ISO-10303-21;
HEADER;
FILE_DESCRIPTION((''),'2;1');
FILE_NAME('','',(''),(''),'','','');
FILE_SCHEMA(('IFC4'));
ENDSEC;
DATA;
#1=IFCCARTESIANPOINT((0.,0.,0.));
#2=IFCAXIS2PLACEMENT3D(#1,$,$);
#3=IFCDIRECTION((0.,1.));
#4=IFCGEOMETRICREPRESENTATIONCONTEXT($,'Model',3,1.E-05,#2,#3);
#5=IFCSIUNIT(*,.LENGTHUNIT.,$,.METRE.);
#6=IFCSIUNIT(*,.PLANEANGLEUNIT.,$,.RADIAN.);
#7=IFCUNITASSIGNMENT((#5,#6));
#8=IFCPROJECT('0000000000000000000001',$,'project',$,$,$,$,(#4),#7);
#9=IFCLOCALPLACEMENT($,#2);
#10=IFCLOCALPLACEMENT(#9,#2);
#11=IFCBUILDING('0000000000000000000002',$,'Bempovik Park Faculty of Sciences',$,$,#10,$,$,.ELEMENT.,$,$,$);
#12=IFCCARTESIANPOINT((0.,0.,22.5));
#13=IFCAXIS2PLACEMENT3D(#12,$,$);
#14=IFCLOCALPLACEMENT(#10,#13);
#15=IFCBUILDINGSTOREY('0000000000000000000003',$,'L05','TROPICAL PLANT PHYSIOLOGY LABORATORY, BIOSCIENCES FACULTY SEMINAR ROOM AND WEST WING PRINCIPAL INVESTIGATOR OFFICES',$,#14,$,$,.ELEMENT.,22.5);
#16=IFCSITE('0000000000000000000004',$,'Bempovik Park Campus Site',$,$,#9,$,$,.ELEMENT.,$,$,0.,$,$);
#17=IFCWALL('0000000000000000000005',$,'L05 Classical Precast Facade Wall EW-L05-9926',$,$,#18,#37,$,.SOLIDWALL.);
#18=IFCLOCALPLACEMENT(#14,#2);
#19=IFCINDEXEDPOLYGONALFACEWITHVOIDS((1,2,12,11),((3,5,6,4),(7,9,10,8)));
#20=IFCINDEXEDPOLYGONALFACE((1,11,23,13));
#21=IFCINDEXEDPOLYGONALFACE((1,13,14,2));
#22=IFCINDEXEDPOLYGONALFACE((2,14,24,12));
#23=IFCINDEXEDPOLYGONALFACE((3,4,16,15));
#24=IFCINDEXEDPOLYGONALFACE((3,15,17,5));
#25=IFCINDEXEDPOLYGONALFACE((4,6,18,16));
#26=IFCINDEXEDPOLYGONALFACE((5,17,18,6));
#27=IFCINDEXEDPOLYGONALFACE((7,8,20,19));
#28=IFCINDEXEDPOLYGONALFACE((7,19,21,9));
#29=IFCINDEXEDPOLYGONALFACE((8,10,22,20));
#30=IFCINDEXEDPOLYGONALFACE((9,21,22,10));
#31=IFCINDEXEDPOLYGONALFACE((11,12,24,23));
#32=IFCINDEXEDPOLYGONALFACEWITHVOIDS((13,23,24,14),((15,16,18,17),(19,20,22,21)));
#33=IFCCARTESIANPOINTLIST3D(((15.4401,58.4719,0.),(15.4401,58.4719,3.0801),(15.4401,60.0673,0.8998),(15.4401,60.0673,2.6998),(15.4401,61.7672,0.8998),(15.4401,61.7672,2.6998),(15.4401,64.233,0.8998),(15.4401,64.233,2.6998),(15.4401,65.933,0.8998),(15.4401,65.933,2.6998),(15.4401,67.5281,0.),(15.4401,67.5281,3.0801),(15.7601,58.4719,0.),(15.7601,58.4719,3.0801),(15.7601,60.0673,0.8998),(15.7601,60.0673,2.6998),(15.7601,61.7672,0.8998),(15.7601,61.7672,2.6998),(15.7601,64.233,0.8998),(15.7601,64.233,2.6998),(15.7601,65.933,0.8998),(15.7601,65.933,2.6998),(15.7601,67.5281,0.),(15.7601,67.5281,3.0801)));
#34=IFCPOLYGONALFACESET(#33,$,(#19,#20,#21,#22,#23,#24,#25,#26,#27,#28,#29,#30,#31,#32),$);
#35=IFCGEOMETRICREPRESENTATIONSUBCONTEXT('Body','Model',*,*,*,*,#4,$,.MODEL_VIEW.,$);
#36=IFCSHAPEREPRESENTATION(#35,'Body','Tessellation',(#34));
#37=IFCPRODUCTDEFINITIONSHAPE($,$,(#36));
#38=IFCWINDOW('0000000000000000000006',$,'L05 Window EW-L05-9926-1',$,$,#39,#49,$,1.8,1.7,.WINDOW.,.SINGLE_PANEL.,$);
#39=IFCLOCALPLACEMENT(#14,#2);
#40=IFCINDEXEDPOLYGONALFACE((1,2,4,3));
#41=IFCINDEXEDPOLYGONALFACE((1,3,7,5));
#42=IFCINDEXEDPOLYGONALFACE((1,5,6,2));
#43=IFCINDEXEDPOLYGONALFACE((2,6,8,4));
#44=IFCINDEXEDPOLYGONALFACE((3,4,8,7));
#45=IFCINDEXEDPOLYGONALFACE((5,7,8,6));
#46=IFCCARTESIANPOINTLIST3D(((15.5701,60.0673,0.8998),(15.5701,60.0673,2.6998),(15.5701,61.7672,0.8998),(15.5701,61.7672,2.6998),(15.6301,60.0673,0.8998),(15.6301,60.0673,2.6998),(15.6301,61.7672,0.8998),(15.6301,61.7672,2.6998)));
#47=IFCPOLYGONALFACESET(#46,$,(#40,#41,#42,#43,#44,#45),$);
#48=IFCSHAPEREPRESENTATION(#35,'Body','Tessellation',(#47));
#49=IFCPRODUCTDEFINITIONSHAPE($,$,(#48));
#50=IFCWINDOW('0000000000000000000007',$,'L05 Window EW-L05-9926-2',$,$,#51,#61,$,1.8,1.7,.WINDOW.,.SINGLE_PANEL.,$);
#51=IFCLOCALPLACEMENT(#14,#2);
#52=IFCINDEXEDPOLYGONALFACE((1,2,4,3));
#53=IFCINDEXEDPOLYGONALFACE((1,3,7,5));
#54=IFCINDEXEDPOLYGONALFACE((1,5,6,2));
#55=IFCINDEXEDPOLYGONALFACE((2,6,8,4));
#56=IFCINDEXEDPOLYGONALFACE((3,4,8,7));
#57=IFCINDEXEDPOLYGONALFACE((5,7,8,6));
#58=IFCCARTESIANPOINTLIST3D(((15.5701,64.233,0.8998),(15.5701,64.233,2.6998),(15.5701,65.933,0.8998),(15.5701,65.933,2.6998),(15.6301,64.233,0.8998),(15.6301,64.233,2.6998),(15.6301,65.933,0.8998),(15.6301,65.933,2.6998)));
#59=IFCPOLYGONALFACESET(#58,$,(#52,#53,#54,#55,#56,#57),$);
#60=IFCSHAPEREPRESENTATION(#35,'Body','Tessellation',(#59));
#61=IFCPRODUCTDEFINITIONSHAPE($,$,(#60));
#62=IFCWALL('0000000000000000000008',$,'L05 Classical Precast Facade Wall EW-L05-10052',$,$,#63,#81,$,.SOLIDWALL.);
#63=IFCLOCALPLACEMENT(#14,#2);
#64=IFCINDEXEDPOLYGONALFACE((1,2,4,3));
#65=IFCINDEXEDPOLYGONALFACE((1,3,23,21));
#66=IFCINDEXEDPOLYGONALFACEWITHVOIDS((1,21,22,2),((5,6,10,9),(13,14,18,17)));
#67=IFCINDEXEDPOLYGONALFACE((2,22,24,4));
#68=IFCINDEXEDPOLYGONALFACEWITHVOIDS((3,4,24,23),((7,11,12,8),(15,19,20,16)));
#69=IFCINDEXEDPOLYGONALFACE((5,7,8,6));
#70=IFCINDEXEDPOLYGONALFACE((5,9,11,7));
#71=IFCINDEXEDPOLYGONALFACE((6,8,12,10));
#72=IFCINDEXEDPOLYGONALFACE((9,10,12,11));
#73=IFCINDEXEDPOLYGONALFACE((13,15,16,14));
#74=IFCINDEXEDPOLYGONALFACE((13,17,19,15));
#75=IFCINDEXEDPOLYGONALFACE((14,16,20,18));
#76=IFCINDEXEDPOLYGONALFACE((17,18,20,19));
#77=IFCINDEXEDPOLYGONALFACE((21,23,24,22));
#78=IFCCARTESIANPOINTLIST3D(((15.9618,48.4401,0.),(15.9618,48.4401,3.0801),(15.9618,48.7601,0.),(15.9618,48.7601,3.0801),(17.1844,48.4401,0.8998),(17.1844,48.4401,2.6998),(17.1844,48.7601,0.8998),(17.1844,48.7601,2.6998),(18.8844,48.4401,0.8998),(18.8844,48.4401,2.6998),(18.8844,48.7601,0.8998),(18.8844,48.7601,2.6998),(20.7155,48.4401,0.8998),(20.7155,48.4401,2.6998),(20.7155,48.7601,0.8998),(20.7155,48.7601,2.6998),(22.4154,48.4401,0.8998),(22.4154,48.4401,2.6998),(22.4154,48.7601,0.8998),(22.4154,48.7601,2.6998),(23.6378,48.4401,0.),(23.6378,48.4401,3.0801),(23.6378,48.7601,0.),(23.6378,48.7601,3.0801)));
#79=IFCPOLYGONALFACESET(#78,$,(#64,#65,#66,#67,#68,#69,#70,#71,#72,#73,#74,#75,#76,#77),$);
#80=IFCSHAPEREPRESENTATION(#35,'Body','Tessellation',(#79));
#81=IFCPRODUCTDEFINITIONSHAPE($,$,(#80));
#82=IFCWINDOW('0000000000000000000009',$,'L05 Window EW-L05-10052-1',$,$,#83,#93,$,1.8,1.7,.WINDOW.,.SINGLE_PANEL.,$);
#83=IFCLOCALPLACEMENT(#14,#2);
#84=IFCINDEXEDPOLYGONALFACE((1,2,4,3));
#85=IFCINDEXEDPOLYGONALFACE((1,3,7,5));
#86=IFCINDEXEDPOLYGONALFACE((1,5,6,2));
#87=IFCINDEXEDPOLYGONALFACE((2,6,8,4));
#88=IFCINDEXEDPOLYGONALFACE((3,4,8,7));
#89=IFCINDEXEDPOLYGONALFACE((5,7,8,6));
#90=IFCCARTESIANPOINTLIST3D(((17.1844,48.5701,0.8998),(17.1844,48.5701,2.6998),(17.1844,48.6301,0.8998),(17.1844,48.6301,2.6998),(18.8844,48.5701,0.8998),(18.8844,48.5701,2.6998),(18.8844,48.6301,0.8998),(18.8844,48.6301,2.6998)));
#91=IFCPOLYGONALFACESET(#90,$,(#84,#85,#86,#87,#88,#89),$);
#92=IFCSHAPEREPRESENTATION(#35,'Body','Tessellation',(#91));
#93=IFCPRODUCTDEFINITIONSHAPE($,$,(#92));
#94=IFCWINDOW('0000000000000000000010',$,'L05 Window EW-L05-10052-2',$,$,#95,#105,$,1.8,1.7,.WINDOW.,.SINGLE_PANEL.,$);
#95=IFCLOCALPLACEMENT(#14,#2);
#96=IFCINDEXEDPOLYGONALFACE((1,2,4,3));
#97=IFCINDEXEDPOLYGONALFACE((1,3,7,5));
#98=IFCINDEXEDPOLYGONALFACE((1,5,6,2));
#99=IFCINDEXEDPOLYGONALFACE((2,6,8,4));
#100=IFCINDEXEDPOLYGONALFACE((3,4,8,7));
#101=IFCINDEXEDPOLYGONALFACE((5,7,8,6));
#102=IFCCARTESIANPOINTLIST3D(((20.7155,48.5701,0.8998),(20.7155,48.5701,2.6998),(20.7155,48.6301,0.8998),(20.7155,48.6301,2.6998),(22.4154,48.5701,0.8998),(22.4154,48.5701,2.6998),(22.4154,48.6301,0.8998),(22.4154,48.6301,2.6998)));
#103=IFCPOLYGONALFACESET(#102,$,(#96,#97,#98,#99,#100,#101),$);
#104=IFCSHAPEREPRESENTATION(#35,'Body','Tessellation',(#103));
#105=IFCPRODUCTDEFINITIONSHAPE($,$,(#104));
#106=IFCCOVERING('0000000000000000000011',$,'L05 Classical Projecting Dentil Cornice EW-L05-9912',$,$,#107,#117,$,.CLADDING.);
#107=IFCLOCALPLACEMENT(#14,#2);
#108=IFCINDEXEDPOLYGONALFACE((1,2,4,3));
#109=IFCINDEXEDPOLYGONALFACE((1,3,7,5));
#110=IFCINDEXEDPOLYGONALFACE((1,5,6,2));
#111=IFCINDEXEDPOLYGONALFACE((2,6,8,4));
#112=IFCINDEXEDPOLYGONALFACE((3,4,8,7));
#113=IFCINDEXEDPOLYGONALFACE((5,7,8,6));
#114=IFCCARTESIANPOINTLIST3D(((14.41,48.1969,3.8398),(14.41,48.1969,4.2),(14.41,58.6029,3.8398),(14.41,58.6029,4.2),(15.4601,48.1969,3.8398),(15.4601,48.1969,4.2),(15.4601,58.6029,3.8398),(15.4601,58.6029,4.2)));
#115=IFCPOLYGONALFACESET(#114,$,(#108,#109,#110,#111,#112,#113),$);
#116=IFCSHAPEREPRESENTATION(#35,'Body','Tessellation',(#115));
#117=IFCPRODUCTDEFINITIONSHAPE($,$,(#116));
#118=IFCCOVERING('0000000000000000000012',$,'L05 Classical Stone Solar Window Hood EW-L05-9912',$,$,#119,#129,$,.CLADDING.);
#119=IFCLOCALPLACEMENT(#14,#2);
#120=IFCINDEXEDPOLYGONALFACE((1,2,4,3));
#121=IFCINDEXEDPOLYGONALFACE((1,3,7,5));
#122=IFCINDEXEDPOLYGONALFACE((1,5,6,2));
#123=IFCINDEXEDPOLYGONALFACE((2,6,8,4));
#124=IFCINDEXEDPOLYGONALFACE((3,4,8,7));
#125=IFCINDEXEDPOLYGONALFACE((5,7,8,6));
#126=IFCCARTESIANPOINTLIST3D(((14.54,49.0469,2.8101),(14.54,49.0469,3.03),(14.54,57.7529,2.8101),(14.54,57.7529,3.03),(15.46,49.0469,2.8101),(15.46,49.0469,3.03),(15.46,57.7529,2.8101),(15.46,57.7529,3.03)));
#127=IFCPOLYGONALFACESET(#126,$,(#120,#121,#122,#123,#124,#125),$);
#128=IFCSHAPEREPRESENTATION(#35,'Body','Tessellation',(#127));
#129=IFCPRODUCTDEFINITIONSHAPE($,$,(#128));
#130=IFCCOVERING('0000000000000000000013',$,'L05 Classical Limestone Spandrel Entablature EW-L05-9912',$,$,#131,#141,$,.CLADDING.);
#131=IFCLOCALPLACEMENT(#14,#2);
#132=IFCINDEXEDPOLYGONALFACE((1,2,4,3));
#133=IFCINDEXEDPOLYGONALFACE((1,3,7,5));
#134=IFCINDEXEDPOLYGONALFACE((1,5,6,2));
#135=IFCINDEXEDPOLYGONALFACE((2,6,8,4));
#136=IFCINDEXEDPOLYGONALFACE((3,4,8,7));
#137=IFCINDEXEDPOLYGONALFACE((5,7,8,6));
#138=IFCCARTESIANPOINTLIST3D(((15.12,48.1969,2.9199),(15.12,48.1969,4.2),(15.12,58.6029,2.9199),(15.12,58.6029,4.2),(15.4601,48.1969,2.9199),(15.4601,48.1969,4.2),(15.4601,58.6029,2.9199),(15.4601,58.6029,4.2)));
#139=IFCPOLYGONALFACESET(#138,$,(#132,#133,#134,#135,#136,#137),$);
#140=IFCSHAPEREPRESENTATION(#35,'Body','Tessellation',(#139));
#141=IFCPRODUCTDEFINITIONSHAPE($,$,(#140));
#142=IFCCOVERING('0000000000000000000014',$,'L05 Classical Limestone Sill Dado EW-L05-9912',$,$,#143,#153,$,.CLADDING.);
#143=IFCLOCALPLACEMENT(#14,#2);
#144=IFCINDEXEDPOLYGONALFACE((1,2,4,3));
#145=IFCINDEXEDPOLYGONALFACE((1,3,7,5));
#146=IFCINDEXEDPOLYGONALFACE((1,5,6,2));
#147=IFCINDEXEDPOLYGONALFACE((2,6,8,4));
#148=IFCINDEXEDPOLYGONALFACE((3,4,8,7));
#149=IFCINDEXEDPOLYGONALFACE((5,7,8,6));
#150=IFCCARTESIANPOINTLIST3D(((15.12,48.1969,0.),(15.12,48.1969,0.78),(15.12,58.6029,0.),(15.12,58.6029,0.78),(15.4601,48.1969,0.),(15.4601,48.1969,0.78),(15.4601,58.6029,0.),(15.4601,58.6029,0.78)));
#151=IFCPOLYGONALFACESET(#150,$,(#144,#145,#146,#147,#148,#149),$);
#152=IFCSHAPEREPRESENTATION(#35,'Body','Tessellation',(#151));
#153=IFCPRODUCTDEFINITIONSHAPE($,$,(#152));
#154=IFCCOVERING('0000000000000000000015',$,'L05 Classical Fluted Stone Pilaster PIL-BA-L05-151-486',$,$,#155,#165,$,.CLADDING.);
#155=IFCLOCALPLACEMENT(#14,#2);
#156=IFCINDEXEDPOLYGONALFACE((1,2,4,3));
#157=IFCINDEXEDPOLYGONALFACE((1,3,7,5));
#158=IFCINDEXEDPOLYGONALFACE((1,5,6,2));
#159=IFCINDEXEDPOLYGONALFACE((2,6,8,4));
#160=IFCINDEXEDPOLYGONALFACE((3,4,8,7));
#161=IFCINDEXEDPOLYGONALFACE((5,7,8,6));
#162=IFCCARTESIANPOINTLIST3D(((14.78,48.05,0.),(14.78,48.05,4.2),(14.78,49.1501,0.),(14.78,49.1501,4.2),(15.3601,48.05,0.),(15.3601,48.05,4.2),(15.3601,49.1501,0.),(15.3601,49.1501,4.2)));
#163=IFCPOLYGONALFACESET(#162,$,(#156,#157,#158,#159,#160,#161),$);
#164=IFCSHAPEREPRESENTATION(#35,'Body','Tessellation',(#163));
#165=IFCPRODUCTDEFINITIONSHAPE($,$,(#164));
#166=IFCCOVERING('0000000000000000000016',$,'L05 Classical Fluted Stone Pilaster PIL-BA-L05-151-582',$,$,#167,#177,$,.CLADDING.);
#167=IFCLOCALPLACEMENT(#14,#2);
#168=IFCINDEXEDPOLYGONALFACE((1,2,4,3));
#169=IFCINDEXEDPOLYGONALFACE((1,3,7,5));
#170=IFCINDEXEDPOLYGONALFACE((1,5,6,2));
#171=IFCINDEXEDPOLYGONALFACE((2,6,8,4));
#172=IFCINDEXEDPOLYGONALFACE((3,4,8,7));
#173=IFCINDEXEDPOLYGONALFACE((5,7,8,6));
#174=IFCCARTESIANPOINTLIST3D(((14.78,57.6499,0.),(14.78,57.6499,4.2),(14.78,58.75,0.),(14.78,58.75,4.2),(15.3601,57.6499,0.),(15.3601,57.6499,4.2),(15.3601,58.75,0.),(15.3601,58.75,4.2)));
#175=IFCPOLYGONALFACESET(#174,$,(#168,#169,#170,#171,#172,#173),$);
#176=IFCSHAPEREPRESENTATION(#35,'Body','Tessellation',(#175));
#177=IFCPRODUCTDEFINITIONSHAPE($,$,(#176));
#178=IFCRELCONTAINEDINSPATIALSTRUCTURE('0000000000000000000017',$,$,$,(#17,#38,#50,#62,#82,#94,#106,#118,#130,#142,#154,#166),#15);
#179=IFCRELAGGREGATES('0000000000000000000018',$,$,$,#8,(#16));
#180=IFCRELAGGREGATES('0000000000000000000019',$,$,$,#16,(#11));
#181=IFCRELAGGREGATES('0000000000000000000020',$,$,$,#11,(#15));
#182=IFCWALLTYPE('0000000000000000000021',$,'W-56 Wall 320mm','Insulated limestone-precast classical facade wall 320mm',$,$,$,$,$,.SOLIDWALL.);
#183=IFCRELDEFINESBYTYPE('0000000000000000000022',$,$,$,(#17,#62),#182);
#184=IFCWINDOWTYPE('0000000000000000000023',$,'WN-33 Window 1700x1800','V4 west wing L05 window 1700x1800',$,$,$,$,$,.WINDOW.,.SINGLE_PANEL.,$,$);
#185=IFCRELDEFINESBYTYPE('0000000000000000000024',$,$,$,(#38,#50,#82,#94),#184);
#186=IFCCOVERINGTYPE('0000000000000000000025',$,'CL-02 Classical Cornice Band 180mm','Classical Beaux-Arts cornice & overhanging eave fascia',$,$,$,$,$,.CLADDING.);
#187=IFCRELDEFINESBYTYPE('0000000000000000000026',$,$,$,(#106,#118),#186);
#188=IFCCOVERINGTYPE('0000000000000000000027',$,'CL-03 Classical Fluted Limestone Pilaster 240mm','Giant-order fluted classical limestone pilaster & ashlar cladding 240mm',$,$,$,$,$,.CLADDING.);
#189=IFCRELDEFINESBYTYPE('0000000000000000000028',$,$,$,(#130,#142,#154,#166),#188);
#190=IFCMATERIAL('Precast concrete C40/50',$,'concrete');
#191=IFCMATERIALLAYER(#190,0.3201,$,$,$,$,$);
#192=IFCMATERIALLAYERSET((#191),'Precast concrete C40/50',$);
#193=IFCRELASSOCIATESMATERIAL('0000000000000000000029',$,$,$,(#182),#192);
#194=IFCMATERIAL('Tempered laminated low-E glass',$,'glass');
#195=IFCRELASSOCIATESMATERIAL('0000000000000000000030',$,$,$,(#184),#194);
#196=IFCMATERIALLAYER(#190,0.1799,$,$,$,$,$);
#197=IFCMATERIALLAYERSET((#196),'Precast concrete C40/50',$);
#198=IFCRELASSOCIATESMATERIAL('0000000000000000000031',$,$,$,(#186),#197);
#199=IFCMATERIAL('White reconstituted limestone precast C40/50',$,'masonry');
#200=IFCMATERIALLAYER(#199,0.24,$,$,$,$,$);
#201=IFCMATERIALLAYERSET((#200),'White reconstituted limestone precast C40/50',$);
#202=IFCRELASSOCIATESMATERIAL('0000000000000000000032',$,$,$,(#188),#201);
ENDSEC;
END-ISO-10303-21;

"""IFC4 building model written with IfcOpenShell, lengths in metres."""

from ifc_helpers import new_model, si_unit, direction, frame, frame_2d, origin, origin_2d, place, context, subcontext, project, spatial, rectangle, extrude, material, layer, layer_set, type_object, element, fill, save


model = new_model("IFC4")

# Units and contexts
model_context = context("Model", 3, precision=1e-05, world=origin(), true_north=direction((0.0, 1.0)))
body_context = subcontext(model_context, "Body", "Model", "MODEL_VIEW")
ifc_project = project(units=[si_unit("LENGTHUNIT", "METRE"), si_unit("PLANEANGLEUNIT", "RADIAN")], contexts=[model_context])

# Site, building, storey
site_placement = place(None, origin())
site = spatial("IfcSite", under=ifc_project, at=site_placement, Name="Bempovik Park Campus Site", CompositionType="ELEMENT", RefElevation=0.0)
building_placement = place(site_placement, origin())
building = spatial("IfcBuilding", under=site, at=building_placement, Name="Bempovik Park Faculty of Sciences", CompositionType="ELEMENT")
storey_placement = place(building_placement, frame((0.0, 0.0, 22.5)))
storey = spatial("IfcBuildingStorey", under=building, at=storey_placement, Name="L05", Description="TROPICAL PLANT PHYSIOLOGY LABORATORY, BIOSCIENCES FACULTY SEMINAR ROOM AND WEST WING PRINCIPAL INVESTIGATOR OFFICES", CompositionType="ELEMENT", Elevation=22.5)

# Walls, openings, windows
ifc_material_1 = material(Name="Precast concrete C40/50", Category="concrete")
ifc_layer_1 = layer(ifc_material_1, 0.3201)
ifc_layer_set_1 = layer_set([ifc_layer_1], Name="Precast concrete C40/50")
wall_type = type_object("IfcWallType", Name="W-56 Wall 320mm", Description="Insulated limestone-precast classical facade wall 320mm", PredefinedType="SOLIDWALL", material=ifc_layer_set_1)
ifc_material_2 = material(Name="Tempered laminated low-E glass", Category="glass")
window_type = type_object("IfcWindowType", Name="WN-33 Window 1700x1800", Description="V4 west wing L05 window 1700x1800", PartitioningType="SINGLE_PANEL", PredefinedType="WINDOW", material=ifc_material_2)
wall_1_placement = place(storey_placement, frame((15.6001, 58.4719, 0.0), z_axis=(0.0, 0.0, 1.0), x_axis=(0.0, 1.0, 0.0)))
wall_1 = element("IfcWall", 1, at=wall_1_placement, inside=storey, type_object=wall_type, Name="L05 Classical Precast Facade Wall EW-L05-9926", PredefinedType="SOLIDWALL", context=body_context, shape_type="SweptSolid", body=[
    extrude(rectangle(XDim=9.0562, YDim=0.3201, at=frame_2d((4.5281, 0.0))), origin(), (0.0, 0.0, 1.0), 3.0801),
])
opening_1_placement = place(wall_1_placement, frame((1.5952, 0.0, 0.8999)))
opening_1 = element("IfcOpeningElement", 2, at=opening_1_placement, cuts=wall_1, PredefinedType="OPENING", context=body_context, shape_type="SweptSolid", body=[
    extrude(rectangle(XDim=1.7, YDim=1.8, at=frame_2d((0.8501, 0.8999))), frame((0.0, 0.1699, 0.0), z_axis=(0.0, -1.0, 0.0), x_axis=(1.0, 0.0, 0.0)), (0.0, 0.0, 1.0), 0.3401),
])
opening_2_placement = place(wall_1_placement, frame((5.761, 0.0, 0.8999)))
opening_2 = element("IfcOpeningElement", 3, at=opening_2_placement, cuts=wall_1, PredefinedType="OPENING", context=body_context, shape_type="SweptSolid", body=[
    extrude(rectangle(XDim=1.7, YDim=1.8, at=frame_2d((0.8501, 0.8999))), frame((0.0, 0.1699, 0.0), z_axis=(0.0, -1.0, 0.0), x_axis=(1.0, 0.0, 0.0)), (0.0, 0.0, 1.0), 0.3401),
])
window_1_placement = place(opening_1_placement, origin())
window_1 = element("IfcWindow", 4, at=window_1_placement, inside=storey, type_object=window_type, Name="L05 Window EW-L05-9926-1", OverallHeight=1.8, OverallWidth=1.7, PartitioningType="SINGLE_PANEL", PredefinedType="WINDOW", context=body_context, shape_type="SweptSolid", body=[
    extrude(rectangle(XDim=1.7, YDim=1.8, at=frame_2d((0.8501, 0.8999))), frame((0.0, 0.03, 0.0), z_axis=(0.0, -1.0, 0.0), x_axis=(1.0, 0.0, 0.0)), (0.0, 0.0, 1.0), 0.0601),
])
fill(opening_1, window_1)
window_2_placement = place(opening_2_placement, origin())
window_2 = element("IfcWindow", 5, at=window_2_placement, inside=storey, type_object=window_type, Name="L05 Window EW-L05-9926-2", OverallHeight=1.8, OverallWidth=1.7, PartitioningType="SINGLE_PANEL", PredefinedType="WINDOW", context=body_context, shape_type="SweptSolid", body=[
    extrude(rectangle(XDim=1.7, YDim=1.8, at=frame_2d((0.8501, 0.8999))), frame((0.0, 0.03, 0.0), z_axis=(0.0, -1.0, 0.0), x_axis=(1.0, 0.0, 0.0)), (0.0, 0.0, 1.0), 0.0601),
])
fill(opening_2, window_2)
wall_2_placement = place(storey_placement, frame((15.9619, 48.6001, 0.0), z_axis=(0.0, 0.0, 1.0), x_axis=(1.0, 0.0, 0.0)))
wall_2 = element("IfcWall", 6, at=wall_2_placement, inside=storey, type_object=wall_type, Name="L05 Classical Precast Facade Wall EW-L05-10052", PredefinedType="SOLIDWALL", context=body_context, shape_type="SweptSolid", body=[
    extrude(rectangle(XDim=7.676, YDim=0.3201, at=frame_2d((3.8379, 0.0))), origin(), (0.0, 0.0, 1.0), 3.0801),
])
opening_3_placement = place(wall_2_placement, frame((1.2224, 0.0, 0.8999)))
opening_3 = element("IfcOpeningElement", 7, at=opening_3_placement, cuts=wall_2, PredefinedType="OPENING", context=body_context, shape_type="SweptSolid", body=[
    extrude(rectangle(XDim=1.7, YDim=1.8, at=frame_2d((0.8501, 0.8999))), frame((0.0, 0.1699, 0.0), z_axis=(0.0, -1.0, 0.0), x_axis=(1.0, 0.0, 0.0)), (0.0, 0.0, 1.0), 0.3401),
])
opening_4_placement = place(wall_2_placement, frame((4.7534, 0.0, 0.8999)))
opening_4 = element("IfcOpeningElement", 8, at=opening_4_placement, cuts=wall_2, PredefinedType="OPENING", context=body_context, shape_type="SweptSolid", body=[
    extrude(rectangle(XDim=1.7, YDim=1.8, at=frame_2d((0.8501, 0.8999))), frame((0.0, 0.1699, 0.0), z_axis=(0.0, -1.0, 0.0), x_axis=(1.0, 0.0, 0.0)), (0.0, 0.0, 1.0), 0.3401),
])
window_3_placement = place(opening_3_placement, origin())
window_3 = element("IfcWindow", 9, at=window_3_placement, inside=storey, type_object=window_type, Name="L05 Window EW-L05-10052-1", OverallHeight=1.8, OverallWidth=1.7, PartitioningType="SINGLE_PANEL", PredefinedType="WINDOW", context=body_context, shape_type="SweptSolid", body=[
    extrude(rectangle(XDim=1.7, YDim=1.8, at=frame_2d((0.8501, 0.8999))), frame((0.0, 0.03, 0.0), z_axis=(0.0, -1.0, 0.0), x_axis=(1.0, 0.0, 0.0)), (0.0, 0.0, 1.0), 0.0601),
])
fill(opening_3, window_3)
window_4_placement = place(opening_4_placement, origin())
window_4 = element("IfcWindow", 10, at=window_4_placement, inside=storey, type_object=window_type, Name="L05 Window EW-L05-10052-2", OverallHeight=1.8, OverallWidth=1.7, PartitioningType="SINGLE_PANEL", PredefinedType="WINDOW", context=body_context, shape_type="SweptSolid", body=[
    extrude(rectangle(XDim=1.7, YDim=1.8, at=frame_2d((0.8501, 0.8999))), frame((0.0, 0.03, 0.0), z_axis=(0.0, -1.0, 0.0), x_axis=(1.0, 0.0, 0.0)), (0.0, 0.0, 1.0), 0.0601),
])
fill(opening_4, window_4)

# Coverings
ifc_layer_2 = layer(ifc_material_1, 0.1799)
ifc_layer_set_2 = layer_set([ifc_layer_2], Name="Precast concrete C40/50")
covering_type_1 = type_object("IfcCoveringType", Name="CL-02 Classical Cornice Band 180mm", Description="Classical Beaux-Arts cornice & overhanging eave fascia", PredefinedType="CLADDING", material=ifc_layer_set_2)
covering_1_placement = place(storey_placement, frame((14.9351, 53.3999, 3.8398), z_axis=(0.0, 0.0, 1.0), x_axis=(1.0, 0.0, 0.0)))
element("IfcCovering", 11, at=covering_1_placement, inside=storey, type_object=covering_type_1, Name="L05 Classical Projecting Dentil Cornice EW-L05-9912", PredefinedType="CLADDING", context=body_context, shape_type="SweptSolid", body=[
    extrude(rectangle(XDim=1.05, YDim=10.406, at=origin_2d()), origin(), (0.0, 0.0, 1.0), 0.3601),
])
covering_2_placement = place(storey_placement, frame((15.0, 53.3999, 2.8101), z_axis=(0.0, 0.0, 1.0), x_axis=(1.0, 0.0, 0.0)))
element("IfcCovering", 12, at=covering_2_placement, inside=storey, type_object=covering_type_1, Name="L05 Classical Stone Solar Window Hood EW-L05-9912", PredefinedType="CLADDING", context=body_context, shape_type="SweptSolid", body=[
    extrude(rectangle(XDim=0.9199, YDim=8.7061, at=origin_2d()), origin(), (0.0, 0.0, 1.0), 0.22),
])
ifc_material_3 = material(Name="White reconstituted limestone precast C40/50", Category="masonry")
ifc_layer_3 = layer(ifc_material_3, 0.24)
ifc_layer_set_3 = layer_set([ifc_layer_3], Name="White reconstituted limestone precast C40/50")
covering_type_2 = type_object("IfcCoveringType", Name="CL-03 Classical Fluted Limestone Pilaster 240mm", Description="Giant-order fluted classical limestone pilaster & ashlar cladding 240mm", PredefinedType="CLADDING", material=ifc_layer_set_3)
covering_3_placement = place(storey_placement, frame((15.29, 53.3999, 2.9199), z_axis=(0.0, 0.0, 1.0), x_axis=(1.0, 0.0, 0.0)))
element("IfcCovering", 13, at=covering_3_placement, inside=storey, type_object=covering_type_2, Name="L05 Classical Limestone Spandrel Entablature EW-L05-9912", PredefinedType="CLADDING", context=body_context, shape_type="SweptSolid", body=[
    extrude(rectangle(XDim=0.3401, YDim=10.406, at=origin_2d()), origin(), (0.0, 0.0, 1.0), 1.28),
])
covering_4_placement = place(storey_placement, frame((15.29, 53.3999, 0.0), z_axis=(0.0, 0.0, 1.0), x_axis=(1.0, 0.0, 0.0)))
element("IfcCovering", 14, at=covering_4_placement, inside=storey, type_object=covering_type_2, Name="L05 Classical Limestone Sill Dado EW-L05-9912", PredefinedType="CLADDING", context=body_context, shape_type="SweptSolid", body=[
    extrude(rectangle(XDim=0.3401, YDim=10.406, at=origin_2d()), origin(), (0.0, 0.0, 1.0), 0.78),
])
for number, where, z_axis, x_axis, name in (
    (15, (15.0701, 48.6001, 0.0), (0.0, 0.0, 1.0), (1.0, 0.0, 0.0), "L05 Classical Fluted Stone Pilaster PIL-BA-L05-151-486"),
    (16, (15.0701, 58.2, 0.0), (0.0, 0.0, 1.0), (1.0, 0.0, 0.0), "L05 Classical Fluted Stone Pilaster PIL-BA-L05-151-582"),
):
    element("IfcCovering", number, at=place(storey_placement, frame(where, z_axis=z_axis, x_axis=x_axis)), inside=storey, type_object=covering_type_2, Name=name, PredefinedType="CLADDING", context=body_context, shape_type="SweptSolid", body=[
        extrude(rectangle(XDim=0.5801, YDim=1.1001, at=origin_2d()), origin(), (0.0, 0.0, 1.0), 4.2),
    ])

save(model, "model.ifc")
